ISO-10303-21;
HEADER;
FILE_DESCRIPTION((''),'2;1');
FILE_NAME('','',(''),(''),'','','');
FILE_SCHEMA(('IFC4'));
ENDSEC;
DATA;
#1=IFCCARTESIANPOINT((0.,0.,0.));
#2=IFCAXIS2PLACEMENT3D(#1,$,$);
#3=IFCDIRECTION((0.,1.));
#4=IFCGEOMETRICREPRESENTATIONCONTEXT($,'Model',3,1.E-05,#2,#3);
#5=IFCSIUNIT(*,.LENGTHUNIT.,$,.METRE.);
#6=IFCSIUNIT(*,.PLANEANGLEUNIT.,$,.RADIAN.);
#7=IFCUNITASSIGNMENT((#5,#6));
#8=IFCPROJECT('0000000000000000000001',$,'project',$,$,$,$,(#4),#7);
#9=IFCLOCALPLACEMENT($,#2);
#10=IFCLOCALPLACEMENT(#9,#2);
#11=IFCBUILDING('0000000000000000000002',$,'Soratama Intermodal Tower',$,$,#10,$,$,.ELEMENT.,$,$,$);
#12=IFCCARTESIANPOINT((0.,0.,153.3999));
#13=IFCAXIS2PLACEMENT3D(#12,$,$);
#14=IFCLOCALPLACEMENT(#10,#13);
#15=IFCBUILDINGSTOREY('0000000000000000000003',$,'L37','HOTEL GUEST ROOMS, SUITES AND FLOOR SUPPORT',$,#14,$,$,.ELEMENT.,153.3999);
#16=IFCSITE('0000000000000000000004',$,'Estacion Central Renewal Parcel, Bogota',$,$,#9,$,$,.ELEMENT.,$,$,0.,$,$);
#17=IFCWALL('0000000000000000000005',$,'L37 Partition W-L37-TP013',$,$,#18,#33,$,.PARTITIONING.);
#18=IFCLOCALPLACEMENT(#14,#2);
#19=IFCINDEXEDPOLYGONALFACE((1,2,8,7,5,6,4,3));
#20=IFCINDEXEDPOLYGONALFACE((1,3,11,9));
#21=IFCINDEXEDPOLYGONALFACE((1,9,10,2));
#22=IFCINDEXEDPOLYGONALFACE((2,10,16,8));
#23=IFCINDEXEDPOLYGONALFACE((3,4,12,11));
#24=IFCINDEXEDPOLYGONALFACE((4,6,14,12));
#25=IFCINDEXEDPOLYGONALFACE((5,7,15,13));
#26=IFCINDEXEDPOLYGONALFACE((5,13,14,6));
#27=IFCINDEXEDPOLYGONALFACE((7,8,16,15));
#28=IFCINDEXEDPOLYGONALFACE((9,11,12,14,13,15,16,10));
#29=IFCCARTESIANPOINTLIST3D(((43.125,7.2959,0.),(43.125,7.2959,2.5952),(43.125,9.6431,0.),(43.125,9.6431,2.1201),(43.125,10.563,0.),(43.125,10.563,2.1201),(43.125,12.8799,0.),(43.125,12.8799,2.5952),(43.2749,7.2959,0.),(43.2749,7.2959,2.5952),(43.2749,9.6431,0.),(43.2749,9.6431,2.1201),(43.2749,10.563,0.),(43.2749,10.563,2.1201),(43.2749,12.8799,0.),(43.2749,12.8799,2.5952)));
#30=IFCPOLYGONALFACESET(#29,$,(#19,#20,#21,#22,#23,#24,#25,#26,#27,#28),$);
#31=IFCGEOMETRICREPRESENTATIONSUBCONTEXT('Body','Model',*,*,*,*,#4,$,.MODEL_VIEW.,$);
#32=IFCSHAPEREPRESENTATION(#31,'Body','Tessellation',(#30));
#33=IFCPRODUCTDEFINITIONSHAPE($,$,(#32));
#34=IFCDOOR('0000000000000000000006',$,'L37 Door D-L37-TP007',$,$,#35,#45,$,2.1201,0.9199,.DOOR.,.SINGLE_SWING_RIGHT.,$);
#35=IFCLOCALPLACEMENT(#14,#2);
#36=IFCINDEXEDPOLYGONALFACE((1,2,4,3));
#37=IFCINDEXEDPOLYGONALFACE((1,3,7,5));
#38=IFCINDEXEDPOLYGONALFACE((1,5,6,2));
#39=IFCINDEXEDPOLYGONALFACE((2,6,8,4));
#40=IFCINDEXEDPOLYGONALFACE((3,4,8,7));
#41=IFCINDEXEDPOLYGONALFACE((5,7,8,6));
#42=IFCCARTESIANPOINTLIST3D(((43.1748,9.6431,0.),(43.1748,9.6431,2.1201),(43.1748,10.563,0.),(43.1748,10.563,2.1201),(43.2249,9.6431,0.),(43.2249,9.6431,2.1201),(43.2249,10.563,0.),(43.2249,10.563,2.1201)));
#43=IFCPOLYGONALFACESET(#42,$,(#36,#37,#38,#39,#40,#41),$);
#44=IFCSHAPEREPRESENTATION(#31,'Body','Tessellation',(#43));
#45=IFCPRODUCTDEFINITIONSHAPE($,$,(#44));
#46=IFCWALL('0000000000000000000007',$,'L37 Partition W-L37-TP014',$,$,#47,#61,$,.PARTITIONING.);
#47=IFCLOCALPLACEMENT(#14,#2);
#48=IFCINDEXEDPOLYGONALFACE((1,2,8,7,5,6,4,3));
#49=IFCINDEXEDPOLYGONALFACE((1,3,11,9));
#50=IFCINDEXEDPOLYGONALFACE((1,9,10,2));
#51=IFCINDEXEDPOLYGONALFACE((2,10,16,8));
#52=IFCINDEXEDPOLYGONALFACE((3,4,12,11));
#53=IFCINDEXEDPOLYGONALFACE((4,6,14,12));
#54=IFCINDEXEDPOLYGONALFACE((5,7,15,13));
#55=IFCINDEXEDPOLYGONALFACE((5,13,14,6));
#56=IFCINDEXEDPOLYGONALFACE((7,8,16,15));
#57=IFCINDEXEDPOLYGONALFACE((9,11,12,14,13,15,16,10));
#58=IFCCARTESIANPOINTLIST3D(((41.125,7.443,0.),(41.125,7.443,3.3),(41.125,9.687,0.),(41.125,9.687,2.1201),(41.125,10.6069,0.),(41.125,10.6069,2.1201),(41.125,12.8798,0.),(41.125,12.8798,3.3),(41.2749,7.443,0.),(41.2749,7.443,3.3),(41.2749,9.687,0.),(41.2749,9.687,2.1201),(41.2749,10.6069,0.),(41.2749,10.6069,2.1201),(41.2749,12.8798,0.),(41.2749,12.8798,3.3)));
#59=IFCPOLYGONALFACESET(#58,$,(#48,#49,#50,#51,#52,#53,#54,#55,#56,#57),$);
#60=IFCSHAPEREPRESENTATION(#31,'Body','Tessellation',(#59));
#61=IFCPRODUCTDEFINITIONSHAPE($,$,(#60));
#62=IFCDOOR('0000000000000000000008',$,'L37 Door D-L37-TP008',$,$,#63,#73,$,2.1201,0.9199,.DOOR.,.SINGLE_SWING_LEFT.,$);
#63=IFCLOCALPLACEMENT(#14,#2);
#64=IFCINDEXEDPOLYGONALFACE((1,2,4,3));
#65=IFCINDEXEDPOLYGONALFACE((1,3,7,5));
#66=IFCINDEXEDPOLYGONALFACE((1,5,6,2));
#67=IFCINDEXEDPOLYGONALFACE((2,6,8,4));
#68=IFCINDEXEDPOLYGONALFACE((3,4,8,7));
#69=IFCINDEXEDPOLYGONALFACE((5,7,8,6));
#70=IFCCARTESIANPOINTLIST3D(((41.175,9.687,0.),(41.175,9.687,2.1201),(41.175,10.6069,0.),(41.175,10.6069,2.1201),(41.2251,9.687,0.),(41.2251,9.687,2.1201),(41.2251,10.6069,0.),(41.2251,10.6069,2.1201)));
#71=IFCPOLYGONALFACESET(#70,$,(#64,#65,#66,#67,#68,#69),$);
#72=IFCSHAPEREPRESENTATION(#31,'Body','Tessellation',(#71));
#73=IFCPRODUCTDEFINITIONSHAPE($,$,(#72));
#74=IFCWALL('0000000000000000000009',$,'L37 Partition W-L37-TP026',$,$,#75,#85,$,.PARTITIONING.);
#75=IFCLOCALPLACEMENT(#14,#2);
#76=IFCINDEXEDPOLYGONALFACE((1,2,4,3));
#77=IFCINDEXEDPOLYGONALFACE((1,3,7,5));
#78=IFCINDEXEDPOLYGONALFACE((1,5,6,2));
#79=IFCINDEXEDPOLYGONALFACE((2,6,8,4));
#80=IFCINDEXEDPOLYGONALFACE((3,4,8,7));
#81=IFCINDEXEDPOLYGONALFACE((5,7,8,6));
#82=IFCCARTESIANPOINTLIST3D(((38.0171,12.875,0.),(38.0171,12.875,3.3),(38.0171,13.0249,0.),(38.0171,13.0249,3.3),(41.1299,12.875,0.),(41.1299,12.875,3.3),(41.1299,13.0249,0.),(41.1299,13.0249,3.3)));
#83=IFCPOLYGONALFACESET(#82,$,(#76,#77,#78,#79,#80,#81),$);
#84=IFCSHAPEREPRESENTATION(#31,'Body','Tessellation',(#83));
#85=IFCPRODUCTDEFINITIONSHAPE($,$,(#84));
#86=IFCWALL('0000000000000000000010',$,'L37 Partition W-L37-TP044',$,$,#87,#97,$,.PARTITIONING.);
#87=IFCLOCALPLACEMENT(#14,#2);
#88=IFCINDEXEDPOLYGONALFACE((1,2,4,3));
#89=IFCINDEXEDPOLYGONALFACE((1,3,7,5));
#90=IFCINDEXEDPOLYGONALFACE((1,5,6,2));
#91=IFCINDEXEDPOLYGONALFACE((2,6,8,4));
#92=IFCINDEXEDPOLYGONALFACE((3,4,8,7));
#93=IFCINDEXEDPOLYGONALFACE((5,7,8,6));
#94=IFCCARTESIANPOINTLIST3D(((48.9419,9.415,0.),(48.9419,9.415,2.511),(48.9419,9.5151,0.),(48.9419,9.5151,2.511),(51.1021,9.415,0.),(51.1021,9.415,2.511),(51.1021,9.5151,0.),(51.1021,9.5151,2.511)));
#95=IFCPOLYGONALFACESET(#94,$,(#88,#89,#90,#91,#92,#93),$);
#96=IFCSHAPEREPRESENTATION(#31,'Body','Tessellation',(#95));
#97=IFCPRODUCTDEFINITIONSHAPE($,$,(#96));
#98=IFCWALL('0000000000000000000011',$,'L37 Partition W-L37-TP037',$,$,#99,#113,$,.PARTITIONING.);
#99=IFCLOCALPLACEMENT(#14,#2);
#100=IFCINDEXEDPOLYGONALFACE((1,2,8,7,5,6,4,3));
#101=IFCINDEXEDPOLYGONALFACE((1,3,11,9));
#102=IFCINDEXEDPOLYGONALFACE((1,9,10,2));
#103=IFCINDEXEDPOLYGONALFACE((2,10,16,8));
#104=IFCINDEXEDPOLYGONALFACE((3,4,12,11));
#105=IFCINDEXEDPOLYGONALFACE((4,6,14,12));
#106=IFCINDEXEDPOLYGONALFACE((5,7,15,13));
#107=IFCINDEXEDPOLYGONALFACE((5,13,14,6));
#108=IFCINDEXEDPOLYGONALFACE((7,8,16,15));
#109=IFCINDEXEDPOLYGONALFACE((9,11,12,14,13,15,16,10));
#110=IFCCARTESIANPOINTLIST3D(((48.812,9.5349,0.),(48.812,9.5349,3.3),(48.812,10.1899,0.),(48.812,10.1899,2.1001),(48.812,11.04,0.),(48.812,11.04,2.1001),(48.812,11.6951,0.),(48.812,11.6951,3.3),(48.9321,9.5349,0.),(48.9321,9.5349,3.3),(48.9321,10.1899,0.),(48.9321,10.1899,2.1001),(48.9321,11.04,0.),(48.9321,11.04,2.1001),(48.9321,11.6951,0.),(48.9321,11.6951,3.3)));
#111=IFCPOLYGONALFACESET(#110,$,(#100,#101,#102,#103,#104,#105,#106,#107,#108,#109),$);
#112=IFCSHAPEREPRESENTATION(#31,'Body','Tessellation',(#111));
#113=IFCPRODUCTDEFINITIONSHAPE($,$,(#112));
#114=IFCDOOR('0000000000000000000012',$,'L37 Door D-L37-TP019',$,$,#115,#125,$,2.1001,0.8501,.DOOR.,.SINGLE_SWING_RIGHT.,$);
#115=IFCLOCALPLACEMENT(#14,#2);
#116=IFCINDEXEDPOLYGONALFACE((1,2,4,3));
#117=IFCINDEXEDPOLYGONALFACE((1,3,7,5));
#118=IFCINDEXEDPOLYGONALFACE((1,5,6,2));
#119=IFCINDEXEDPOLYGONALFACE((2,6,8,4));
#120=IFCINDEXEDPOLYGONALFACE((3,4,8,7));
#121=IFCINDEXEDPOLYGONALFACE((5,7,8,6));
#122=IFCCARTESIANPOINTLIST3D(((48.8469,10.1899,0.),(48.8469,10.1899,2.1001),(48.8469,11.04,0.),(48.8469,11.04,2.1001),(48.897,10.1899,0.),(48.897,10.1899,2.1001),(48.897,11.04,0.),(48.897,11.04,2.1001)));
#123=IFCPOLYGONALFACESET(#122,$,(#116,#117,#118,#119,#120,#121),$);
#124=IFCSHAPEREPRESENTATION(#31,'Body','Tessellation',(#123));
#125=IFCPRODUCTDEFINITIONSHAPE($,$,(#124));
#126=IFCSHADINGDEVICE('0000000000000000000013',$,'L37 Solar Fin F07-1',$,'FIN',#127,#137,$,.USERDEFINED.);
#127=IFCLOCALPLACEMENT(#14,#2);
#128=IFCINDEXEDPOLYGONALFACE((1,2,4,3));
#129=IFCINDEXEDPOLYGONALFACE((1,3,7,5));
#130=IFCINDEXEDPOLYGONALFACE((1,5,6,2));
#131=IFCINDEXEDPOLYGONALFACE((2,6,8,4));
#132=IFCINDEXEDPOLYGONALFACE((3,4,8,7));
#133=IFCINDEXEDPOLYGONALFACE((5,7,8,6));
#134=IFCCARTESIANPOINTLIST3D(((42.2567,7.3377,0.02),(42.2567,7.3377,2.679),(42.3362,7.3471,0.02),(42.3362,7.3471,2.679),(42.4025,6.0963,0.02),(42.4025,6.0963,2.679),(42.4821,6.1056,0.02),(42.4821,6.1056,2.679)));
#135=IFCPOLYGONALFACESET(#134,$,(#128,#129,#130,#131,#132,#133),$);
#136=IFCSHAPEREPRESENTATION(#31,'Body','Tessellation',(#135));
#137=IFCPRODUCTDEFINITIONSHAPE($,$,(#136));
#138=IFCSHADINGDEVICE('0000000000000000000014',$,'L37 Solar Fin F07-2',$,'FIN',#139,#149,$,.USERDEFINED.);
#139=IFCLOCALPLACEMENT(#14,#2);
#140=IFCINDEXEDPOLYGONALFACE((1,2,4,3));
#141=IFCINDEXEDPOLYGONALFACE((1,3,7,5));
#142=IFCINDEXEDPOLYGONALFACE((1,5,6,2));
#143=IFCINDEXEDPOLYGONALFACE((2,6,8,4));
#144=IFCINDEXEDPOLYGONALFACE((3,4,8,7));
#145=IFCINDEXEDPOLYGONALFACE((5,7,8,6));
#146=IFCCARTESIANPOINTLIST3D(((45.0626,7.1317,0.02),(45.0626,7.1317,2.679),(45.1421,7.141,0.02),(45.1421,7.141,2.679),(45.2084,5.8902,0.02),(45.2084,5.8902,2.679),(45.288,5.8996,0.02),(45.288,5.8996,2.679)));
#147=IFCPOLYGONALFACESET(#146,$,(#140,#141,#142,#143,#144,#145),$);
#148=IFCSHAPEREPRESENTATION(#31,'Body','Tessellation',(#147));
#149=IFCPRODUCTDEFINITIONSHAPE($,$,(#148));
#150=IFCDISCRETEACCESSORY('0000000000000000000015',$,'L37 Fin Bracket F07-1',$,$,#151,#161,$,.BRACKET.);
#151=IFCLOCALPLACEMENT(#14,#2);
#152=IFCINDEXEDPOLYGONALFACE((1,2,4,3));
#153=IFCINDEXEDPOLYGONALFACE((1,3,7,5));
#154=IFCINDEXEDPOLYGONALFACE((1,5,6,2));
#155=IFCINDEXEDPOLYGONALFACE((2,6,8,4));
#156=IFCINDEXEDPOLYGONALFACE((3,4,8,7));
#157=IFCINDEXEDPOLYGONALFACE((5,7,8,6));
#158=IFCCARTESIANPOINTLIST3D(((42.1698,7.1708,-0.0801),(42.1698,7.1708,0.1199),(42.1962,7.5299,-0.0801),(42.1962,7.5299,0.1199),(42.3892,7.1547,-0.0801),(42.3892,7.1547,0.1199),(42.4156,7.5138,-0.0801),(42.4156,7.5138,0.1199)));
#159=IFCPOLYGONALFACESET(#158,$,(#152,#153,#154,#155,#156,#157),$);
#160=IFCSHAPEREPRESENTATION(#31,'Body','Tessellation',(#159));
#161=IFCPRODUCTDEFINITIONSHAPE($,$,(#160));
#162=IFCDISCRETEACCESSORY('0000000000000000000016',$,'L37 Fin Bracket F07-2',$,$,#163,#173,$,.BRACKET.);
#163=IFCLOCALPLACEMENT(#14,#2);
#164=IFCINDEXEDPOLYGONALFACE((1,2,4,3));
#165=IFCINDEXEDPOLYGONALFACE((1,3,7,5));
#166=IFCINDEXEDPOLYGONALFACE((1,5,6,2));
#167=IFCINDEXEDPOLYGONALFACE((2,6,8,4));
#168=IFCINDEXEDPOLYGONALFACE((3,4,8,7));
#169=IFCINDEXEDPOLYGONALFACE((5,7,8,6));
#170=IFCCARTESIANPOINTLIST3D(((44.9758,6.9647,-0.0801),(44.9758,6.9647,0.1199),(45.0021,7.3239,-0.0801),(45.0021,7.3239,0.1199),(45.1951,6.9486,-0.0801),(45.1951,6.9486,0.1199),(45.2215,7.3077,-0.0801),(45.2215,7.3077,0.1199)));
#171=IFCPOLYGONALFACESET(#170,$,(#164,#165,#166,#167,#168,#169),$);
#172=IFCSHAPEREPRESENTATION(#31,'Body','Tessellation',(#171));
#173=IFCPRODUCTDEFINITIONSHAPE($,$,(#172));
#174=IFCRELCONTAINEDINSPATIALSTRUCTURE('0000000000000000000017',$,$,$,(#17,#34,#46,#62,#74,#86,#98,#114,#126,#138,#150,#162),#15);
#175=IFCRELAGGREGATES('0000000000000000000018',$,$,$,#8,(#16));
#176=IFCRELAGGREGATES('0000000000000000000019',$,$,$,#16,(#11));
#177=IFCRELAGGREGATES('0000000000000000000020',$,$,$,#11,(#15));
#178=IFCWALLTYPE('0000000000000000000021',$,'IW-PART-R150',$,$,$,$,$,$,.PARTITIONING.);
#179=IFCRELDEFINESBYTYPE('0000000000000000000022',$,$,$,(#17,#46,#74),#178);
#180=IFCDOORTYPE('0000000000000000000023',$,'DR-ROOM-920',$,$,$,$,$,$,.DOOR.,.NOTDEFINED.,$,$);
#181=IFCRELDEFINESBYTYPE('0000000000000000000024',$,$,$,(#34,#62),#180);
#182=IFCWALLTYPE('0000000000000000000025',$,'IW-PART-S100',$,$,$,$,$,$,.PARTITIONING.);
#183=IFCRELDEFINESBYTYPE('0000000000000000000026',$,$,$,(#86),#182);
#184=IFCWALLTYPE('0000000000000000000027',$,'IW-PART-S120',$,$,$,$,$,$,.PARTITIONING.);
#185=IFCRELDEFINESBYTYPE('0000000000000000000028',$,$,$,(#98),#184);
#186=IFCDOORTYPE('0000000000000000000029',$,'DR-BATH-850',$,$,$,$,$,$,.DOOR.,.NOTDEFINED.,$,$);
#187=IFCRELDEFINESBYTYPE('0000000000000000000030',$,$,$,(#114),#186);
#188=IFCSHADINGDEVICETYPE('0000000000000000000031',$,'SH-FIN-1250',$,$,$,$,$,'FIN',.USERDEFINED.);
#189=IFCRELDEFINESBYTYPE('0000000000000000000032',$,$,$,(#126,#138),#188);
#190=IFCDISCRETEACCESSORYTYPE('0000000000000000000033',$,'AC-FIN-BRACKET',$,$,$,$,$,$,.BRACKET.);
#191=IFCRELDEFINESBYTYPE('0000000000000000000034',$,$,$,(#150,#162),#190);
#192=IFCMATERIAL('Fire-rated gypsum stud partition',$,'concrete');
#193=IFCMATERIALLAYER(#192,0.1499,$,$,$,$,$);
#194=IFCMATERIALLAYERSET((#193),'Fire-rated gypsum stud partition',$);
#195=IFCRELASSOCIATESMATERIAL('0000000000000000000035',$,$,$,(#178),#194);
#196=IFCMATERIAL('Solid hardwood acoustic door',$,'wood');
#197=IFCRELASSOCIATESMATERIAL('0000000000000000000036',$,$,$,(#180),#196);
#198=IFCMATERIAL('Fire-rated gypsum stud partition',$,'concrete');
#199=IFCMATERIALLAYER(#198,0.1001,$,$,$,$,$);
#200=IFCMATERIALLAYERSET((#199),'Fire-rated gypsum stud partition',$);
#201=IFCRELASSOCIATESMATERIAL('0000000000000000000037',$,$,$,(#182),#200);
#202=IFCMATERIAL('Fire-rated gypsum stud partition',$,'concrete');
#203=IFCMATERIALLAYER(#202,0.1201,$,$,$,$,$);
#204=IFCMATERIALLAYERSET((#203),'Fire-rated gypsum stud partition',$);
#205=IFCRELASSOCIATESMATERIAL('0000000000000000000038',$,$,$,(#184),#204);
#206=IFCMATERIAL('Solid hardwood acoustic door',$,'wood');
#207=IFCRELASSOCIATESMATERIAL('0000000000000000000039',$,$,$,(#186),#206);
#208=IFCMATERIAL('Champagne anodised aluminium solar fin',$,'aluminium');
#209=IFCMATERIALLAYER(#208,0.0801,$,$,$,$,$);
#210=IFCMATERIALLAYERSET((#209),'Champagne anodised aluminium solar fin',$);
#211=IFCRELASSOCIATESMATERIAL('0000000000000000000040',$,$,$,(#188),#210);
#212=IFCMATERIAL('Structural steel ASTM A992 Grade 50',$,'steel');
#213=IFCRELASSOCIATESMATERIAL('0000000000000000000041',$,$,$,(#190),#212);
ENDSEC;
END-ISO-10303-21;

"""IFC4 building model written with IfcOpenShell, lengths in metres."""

from ifc_helpers import new_model, si_unit, direction, frame, frame_2d, origin, origin_2d, place, context, subcontext, project, spatial, rectangle, extrude, material, layer, layer_set, type_object, element, fill, save


model = new_model("IFC4")

# Units and contexts
model_context = context("Model", 3, precision=1e-05, world=origin(), true_north=direction((0.0, 1.0)))
body_context = subcontext(model_context, "Body", "Model", "MODEL_VIEW")
ifc_project = project(units=[si_unit("LENGTHUNIT", "METRE"), si_unit("PLANEANGLEUNIT", "RADIAN")], contexts=[model_context])

# Site, building, storey
site_placement = place(None, origin())
site = spatial("IfcSite", under=ifc_project, at=site_placement, Name="Estacion Central Renewal Parcel, Bogota", CompositionType="ELEMENT", RefElevation=0.0)
building_placement = place(site_placement, origin())
building = spatial("IfcBuilding", under=site, at=building_placement, Name="Soratama Intermodal Tower", CompositionType="ELEMENT")
storey_placement = place(building_placement, frame((0.0, 0.0, 153.3999)))
storey = spatial("IfcBuildingStorey", under=building, at=storey_placement, Name="L37", Description="HOTEL GUEST ROOMS, SUITES AND FLOOR SUPPORT", CompositionType="ELEMENT", Elevation=153.3999)

# Walls, openings, doors
ifc_material_1 = material(Name="Fire-rated gypsum stud partition", Category="concrete")
ifc_layer_1 = layer(ifc_material_1, 0.1499)
ifc_layer_set_1 = layer_set([ifc_layer_1], Name="Fire-rated gypsum stud partition")
wall_type_1 = type_object("IfcWallType", Name="IW-PART-R150", PredefinedType="PARTITIONING", material=ifc_layer_set_1)
wall_1_placement = place(storey_placement, frame((43.2, 12.8799, 0.0), z_axis=(0.0, 0.0, 1.0), x_axis=(0.0, -1.0, 0.0)))
wall_1 = element("IfcWall", 1, at=wall_1_placement, inside=storey, type_object=wall_type_1, Name="L37 Partition W-L37-TP013", PredefinedType="PARTITIONING", context=body_context, shape_type="SweptSolid", body=[
    extrude(rectangle(XDim=5.584, YDim=0.1499, at=frame_2d((2.792, 0.0))), origin(), (0.0, 0.0, 1.0), 2.5952),
])
opening_1_placement = place(wall_1_placement, frame((2.3169, 0.0, 0.0)))
opening_1 = element("IfcOpeningElement", 2, at=opening_1_placement, cuts=wall_1, PredefinedType="OPENING", context=body_context, shape_type="SweptSolid", body=[
    extrude(rectangle(XDim=0.9199, YDim=2.1201, at=frame_2d((0.46, 1.0601))), frame((0.0, 0.085, 0.0), z_axis=(0.0, -1.0, 0.0), x_axis=(1.0, 0.0, 0.0)), (0.0, 0.0, 1.0), 0.1699),
])
ifc_material_2 = material(Name="Solid hardwood acoustic door", Category="wood")
door_type_1 = type_object("IfcDoorType", Name="DR-ROOM-920", OperationType="NOTDEFINED", PredefinedType="DOOR", material=ifc_material_2)
door_1_placement = place(opening_1_placement, origin())
door_1 = element("IfcDoor", 3, at=door_1_placement, inside=storey, type_object=door_type_1, Name="L37 Door D-L37-TP007", OperationType="SINGLE_SWING_RIGHT", OverallHeight=2.1201, OverallWidth=0.9199, PredefinedType="DOOR", context=body_context, shape_type="SweptSolid", body=[
    extrude(rectangle(XDim=0.9199, YDim=2.1201, at=frame_2d((0.46, 1.0601))), frame((0.0, 0.0249, 0.0), z_axis=(0.0, -1.0, 0.0), x_axis=(1.0, 0.0, 0.0)), (0.0, 0.0, 1.0), 0.05),
])
fill(opening_1, door_1)
wall_2_placement = place(storey_placement, frame((41.2, 7.4431, 0.0), z_axis=(0.0, 0.0, 1.0), x_axis=(0.0, 1.0, 0.0)))
wall_2 = element("IfcWall", 4, at=wall_2_placement, inside=storey, type_object=wall_type_1, Name="L37 Partition W-L37-TP014", PredefinedType="PARTITIONING", context=body_context, shape_type="SweptSolid", body=[
    extrude(rectangle(XDim=5.4368, YDim=0.1499, at=frame_2d((2.7183, 0.0))), origin(), (0.0, 0.0, 1.0), 3.3),
])
opening_2_placement = place(wall_2_placement, frame((2.2439, 0.0, 0.0)))
opening_2 = element("IfcOpeningElement", 5, at=opening_2_placement, cuts=wall_2, PredefinedType="OPENING", context=body_context, shape_type="SweptSolid", body=[
    extrude(rectangle(XDim=0.9199, YDim=2.1201, at=frame_2d((0.46, 1.0601))), frame((0.0, 0.085, 0.0), z_axis=(0.0, -1.0, 0.0), x_axis=(1.0, 0.0, 0.0)), (0.0, 0.0, 1.0), 0.1699),
])
door_2_placement = place(opening_2_placement, origin())
door_2 = element("IfcDoor", 6, at=door_2_placement, inside=storey, type_object=door_type_1, Name="L37 Door D-L37-TP008", OperationType="SINGLE_SWING_LEFT", OverallHeight=2.1201, OverallWidth=0.9199, PredefinedType="DOOR", context=body_context, shape_type="SweptSolid", body=[
    extrude(rectangle(XDim=0.9199, YDim=2.1201, at=frame_2d((0.46, 1.0601))), frame((0.0, 0.0249, 0.0), z_axis=(0.0, -1.0, 0.0), x_axis=(1.0, 0.0, 0.0)), (0.0, 0.0, 1.0), 0.05),
])
fill(opening_2, door_2)

# Walls
wall_3_placement = place(storey_placement, frame((41.1299, 12.95, 0.0), z_axis=(0.0, 0.0, 1.0), x_axis=(-1.0, 0.0, 0.0)))
element("IfcWall", 7, at=wall_3_placement, inside=storey, type_object=wall_type_1, Name="L37 Partition W-L37-TP026", PredefinedType="PARTITIONING", context=body_context, shape_type="SweptSolid", body=[
    extrude(rectangle(XDim=3.1128, YDim=0.1499, at=frame_2d((1.5564, 0.0))), origin(), (0.0, 0.0, 1.0), 3.3),
])
ifc_material_3 = material(Name="Fire-rated gypsum stud partition", Category="concrete")
ifc_layer_2 = layer(ifc_material_3, 0.1001)
ifc_layer_set_2 = layer_set([ifc_layer_2], Name="Fire-rated gypsum stud partition")
wall_type_2 = type_object("IfcWallType", Name="IW-PART-S100", PredefinedType="PARTITIONING", material=ifc_layer_set_2)
wall_4_placement = place(storey_placement, frame((48.9419, 9.4651, 0.0), z_axis=(0.0, 0.0, 1.0), x_axis=(1.0, 0.0, 0.0)))
element("IfcWall", 8, at=wall_4_placement, inside=storey, type_object=wall_type_2, Name="L37 Partition W-L37-TP044", PredefinedType="PARTITIONING", context=body_context, shape_type="SweptSolid", body=[
    extrude(rectangle(XDim=2.1602, YDim=0.1001, at=frame_2d((1.0801, 0.0))), origin(), (0.0, 0.0, 1.0), 2.511),
])

# Wall, opening, door
ifc_material_4 = material(Name="Fire-rated gypsum stud partition", Category="concrete")
ifc_layer_3 = layer(ifc_material_4, 0.1201)
ifc_layer_set_3 = layer_set([ifc_layer_3], Name="Fire-rated gypsum stud partition")
wall_type_3 = type_object("IfcWallType", Name="IW-PART-S120", PredefinedType="PARTITIONING", material=ifc_layer_set_3)
wall_5_placement = place(storey_placement, frame((48.8721, 11.6951, 0.0), z_axis=(0.0, 0.0, 1.0), x_axis=(0.0, -1.0, 0.0)))
wall_5 = element("IfcWall", 9, at=wall_5_placement, inside=storey, type_object=wall_type_3, Name="L37 Partition W-L37-TP037", PredefinedType="PARTITIONING", context=body_context, shape_type="SweptSolid", body=[
    extrude(rectangle(XDim=2.1602, YDim=0.1201, at=frame_2d((1.0801, 0.0))), origin(), (0.0, 0.0, 1.0), 3.3),
])
opening_3_placement = place(wall_5_placement, frame((0.655, 0.0, 0.0)))
opening_3 = element("IfcOpeningElement", 10, at=opening_3_placement, cuts=wall_5, PredefinedType="OPENING", context=body_context, shape_type="SweptSolid", body=[
    extrude(rectangle(XDim=0.8501, YDim=2.1001, at=frame_2d((0.425, 1.05))), frame((0.0, 0.0701, 0.0), z_axis=(0.0, -1.0, 0.0), x_axis=(1.0, 0.0, 0.0)), (0.0, 0.0, 1.0), 0.1401),
])
ifc_material_5 = material(Name="Solid hardwood acoustic door", Category="wood")
door_type_2 = type_object("IfcDoorType", Name="DR-BATH-850", OperationType="NOTDEFINED", PredefinedType="DOOR", material=ifc_material_5)
door_3_placement = place(opening_3_placement, origin())
door_3 = element("IfcDoor", 11, at=door_3_placement, inside=storey, type_object=door_type_2, Name="L37 Door D-L37-TP019", OperationType="SINGLE_SWING_RIGHT", OverallHeight=2.1001, OverallWidth=0.8501, PredefinedType="DOOR", context=body_context, shape_type="SweptSolid", body=[
    extrude(rectangle(XDim=0.8501, YDim=2.1001, at=frame_2d((0.425, 1.05))), frame((0.0, 0.0249, 0.0), z_axis=(0.0, -1.0, 0.0), x_axis=(1.0, 0.0, 0.0)), (0.0, 0.0, 1.0), 0.05),
])
fill(opening_3, door_3)

# Shading devices
ifc_material_6 = material(Name="Champagne anodised aluminium solar fin", Category="aluminium")
ifc_layer_4 = layer(ifc_material_6, 0.0801)
ifc_layer_set_4 = layer_set([ifc_layer_4], Name="Champagne anodised aluminium solar fin")
shading_device_type = type_object("IfcShadingDeviceType", Name="SH-FIN-1250", ElementType="FIN", PredefinedType="USERDEFINED", material=ifc_layer_set_4)
for number, where, z_axis, x_axis, name in (
    (12, (42.3694, 6.7217, 0.02), (0.0, 0.0, 1.0), (0.116671, -0.993171, 0.0), "L37 Solar Fin F07-1"),
    (13, (45.1753, 6.5156, 0.02), (0.0, 0.0, 1.0), (0.116671, -0.993171, 0.0), "L37 Solar Fin F07-2"),
):
    element("IfcShadingDevice", number, at=place(storey_placement, frame(where, z_axis=z_axis, x_axis=x_axis)), inside=storey, type_object=shading_device_type, Name=name, ObjectType="FIN", PredefinedType="USERDEFINED", context=body_context, shape_type="SweptSolid", body=[
        extrude(rectangle(XDim=1.25, YDim=0.0801, at=origin_2d()), origin(), (0.0, 0.0, 1.0), 2.6589),
    ])

# Discrete accessories
ifc_material_7 = material(Name="Structural steel ASTM A992 Grade 50", Category="steel")
discrete_accessory_type = type_object("IfcDiscreteAccessoryType", Name="AC-FIN-BRACKET", PredefinedType="BRACKET", material=ifc_material_7)
for number, where, z_axis, x_axis, name in (
    (14, (42.2927, 7.3423, -0.0801), (0.0, 0.0, 1.0), (-0.073238, -0.997314, 0.0), "L37 Fin Bracket F07-1"),
    (15, (45.0986, 7.1362, -0.0801), (0.0, 0.0, 1.0), (-0.073238, -0.997314, 0.0), "L37 Fin Bracket F07-2"),
):
    element("IfcDiscreteAccessory", number, at=place(storey_placement, frame(where, z_axis=z_axis, x_axis=x_axis)), inside=storey, type_object=discrete_accessory_type, Name=name, PredefinedType="BRACKET", context=body_context, shape_type="SweptSolid", body=[
        extrude(rectangle(XDim=0.3601, YDim=0.22, at=origin_2d()), origin(), (0.0, 0.0, 1.0), 0.2),
    ])

save(model, "model.ifc")
